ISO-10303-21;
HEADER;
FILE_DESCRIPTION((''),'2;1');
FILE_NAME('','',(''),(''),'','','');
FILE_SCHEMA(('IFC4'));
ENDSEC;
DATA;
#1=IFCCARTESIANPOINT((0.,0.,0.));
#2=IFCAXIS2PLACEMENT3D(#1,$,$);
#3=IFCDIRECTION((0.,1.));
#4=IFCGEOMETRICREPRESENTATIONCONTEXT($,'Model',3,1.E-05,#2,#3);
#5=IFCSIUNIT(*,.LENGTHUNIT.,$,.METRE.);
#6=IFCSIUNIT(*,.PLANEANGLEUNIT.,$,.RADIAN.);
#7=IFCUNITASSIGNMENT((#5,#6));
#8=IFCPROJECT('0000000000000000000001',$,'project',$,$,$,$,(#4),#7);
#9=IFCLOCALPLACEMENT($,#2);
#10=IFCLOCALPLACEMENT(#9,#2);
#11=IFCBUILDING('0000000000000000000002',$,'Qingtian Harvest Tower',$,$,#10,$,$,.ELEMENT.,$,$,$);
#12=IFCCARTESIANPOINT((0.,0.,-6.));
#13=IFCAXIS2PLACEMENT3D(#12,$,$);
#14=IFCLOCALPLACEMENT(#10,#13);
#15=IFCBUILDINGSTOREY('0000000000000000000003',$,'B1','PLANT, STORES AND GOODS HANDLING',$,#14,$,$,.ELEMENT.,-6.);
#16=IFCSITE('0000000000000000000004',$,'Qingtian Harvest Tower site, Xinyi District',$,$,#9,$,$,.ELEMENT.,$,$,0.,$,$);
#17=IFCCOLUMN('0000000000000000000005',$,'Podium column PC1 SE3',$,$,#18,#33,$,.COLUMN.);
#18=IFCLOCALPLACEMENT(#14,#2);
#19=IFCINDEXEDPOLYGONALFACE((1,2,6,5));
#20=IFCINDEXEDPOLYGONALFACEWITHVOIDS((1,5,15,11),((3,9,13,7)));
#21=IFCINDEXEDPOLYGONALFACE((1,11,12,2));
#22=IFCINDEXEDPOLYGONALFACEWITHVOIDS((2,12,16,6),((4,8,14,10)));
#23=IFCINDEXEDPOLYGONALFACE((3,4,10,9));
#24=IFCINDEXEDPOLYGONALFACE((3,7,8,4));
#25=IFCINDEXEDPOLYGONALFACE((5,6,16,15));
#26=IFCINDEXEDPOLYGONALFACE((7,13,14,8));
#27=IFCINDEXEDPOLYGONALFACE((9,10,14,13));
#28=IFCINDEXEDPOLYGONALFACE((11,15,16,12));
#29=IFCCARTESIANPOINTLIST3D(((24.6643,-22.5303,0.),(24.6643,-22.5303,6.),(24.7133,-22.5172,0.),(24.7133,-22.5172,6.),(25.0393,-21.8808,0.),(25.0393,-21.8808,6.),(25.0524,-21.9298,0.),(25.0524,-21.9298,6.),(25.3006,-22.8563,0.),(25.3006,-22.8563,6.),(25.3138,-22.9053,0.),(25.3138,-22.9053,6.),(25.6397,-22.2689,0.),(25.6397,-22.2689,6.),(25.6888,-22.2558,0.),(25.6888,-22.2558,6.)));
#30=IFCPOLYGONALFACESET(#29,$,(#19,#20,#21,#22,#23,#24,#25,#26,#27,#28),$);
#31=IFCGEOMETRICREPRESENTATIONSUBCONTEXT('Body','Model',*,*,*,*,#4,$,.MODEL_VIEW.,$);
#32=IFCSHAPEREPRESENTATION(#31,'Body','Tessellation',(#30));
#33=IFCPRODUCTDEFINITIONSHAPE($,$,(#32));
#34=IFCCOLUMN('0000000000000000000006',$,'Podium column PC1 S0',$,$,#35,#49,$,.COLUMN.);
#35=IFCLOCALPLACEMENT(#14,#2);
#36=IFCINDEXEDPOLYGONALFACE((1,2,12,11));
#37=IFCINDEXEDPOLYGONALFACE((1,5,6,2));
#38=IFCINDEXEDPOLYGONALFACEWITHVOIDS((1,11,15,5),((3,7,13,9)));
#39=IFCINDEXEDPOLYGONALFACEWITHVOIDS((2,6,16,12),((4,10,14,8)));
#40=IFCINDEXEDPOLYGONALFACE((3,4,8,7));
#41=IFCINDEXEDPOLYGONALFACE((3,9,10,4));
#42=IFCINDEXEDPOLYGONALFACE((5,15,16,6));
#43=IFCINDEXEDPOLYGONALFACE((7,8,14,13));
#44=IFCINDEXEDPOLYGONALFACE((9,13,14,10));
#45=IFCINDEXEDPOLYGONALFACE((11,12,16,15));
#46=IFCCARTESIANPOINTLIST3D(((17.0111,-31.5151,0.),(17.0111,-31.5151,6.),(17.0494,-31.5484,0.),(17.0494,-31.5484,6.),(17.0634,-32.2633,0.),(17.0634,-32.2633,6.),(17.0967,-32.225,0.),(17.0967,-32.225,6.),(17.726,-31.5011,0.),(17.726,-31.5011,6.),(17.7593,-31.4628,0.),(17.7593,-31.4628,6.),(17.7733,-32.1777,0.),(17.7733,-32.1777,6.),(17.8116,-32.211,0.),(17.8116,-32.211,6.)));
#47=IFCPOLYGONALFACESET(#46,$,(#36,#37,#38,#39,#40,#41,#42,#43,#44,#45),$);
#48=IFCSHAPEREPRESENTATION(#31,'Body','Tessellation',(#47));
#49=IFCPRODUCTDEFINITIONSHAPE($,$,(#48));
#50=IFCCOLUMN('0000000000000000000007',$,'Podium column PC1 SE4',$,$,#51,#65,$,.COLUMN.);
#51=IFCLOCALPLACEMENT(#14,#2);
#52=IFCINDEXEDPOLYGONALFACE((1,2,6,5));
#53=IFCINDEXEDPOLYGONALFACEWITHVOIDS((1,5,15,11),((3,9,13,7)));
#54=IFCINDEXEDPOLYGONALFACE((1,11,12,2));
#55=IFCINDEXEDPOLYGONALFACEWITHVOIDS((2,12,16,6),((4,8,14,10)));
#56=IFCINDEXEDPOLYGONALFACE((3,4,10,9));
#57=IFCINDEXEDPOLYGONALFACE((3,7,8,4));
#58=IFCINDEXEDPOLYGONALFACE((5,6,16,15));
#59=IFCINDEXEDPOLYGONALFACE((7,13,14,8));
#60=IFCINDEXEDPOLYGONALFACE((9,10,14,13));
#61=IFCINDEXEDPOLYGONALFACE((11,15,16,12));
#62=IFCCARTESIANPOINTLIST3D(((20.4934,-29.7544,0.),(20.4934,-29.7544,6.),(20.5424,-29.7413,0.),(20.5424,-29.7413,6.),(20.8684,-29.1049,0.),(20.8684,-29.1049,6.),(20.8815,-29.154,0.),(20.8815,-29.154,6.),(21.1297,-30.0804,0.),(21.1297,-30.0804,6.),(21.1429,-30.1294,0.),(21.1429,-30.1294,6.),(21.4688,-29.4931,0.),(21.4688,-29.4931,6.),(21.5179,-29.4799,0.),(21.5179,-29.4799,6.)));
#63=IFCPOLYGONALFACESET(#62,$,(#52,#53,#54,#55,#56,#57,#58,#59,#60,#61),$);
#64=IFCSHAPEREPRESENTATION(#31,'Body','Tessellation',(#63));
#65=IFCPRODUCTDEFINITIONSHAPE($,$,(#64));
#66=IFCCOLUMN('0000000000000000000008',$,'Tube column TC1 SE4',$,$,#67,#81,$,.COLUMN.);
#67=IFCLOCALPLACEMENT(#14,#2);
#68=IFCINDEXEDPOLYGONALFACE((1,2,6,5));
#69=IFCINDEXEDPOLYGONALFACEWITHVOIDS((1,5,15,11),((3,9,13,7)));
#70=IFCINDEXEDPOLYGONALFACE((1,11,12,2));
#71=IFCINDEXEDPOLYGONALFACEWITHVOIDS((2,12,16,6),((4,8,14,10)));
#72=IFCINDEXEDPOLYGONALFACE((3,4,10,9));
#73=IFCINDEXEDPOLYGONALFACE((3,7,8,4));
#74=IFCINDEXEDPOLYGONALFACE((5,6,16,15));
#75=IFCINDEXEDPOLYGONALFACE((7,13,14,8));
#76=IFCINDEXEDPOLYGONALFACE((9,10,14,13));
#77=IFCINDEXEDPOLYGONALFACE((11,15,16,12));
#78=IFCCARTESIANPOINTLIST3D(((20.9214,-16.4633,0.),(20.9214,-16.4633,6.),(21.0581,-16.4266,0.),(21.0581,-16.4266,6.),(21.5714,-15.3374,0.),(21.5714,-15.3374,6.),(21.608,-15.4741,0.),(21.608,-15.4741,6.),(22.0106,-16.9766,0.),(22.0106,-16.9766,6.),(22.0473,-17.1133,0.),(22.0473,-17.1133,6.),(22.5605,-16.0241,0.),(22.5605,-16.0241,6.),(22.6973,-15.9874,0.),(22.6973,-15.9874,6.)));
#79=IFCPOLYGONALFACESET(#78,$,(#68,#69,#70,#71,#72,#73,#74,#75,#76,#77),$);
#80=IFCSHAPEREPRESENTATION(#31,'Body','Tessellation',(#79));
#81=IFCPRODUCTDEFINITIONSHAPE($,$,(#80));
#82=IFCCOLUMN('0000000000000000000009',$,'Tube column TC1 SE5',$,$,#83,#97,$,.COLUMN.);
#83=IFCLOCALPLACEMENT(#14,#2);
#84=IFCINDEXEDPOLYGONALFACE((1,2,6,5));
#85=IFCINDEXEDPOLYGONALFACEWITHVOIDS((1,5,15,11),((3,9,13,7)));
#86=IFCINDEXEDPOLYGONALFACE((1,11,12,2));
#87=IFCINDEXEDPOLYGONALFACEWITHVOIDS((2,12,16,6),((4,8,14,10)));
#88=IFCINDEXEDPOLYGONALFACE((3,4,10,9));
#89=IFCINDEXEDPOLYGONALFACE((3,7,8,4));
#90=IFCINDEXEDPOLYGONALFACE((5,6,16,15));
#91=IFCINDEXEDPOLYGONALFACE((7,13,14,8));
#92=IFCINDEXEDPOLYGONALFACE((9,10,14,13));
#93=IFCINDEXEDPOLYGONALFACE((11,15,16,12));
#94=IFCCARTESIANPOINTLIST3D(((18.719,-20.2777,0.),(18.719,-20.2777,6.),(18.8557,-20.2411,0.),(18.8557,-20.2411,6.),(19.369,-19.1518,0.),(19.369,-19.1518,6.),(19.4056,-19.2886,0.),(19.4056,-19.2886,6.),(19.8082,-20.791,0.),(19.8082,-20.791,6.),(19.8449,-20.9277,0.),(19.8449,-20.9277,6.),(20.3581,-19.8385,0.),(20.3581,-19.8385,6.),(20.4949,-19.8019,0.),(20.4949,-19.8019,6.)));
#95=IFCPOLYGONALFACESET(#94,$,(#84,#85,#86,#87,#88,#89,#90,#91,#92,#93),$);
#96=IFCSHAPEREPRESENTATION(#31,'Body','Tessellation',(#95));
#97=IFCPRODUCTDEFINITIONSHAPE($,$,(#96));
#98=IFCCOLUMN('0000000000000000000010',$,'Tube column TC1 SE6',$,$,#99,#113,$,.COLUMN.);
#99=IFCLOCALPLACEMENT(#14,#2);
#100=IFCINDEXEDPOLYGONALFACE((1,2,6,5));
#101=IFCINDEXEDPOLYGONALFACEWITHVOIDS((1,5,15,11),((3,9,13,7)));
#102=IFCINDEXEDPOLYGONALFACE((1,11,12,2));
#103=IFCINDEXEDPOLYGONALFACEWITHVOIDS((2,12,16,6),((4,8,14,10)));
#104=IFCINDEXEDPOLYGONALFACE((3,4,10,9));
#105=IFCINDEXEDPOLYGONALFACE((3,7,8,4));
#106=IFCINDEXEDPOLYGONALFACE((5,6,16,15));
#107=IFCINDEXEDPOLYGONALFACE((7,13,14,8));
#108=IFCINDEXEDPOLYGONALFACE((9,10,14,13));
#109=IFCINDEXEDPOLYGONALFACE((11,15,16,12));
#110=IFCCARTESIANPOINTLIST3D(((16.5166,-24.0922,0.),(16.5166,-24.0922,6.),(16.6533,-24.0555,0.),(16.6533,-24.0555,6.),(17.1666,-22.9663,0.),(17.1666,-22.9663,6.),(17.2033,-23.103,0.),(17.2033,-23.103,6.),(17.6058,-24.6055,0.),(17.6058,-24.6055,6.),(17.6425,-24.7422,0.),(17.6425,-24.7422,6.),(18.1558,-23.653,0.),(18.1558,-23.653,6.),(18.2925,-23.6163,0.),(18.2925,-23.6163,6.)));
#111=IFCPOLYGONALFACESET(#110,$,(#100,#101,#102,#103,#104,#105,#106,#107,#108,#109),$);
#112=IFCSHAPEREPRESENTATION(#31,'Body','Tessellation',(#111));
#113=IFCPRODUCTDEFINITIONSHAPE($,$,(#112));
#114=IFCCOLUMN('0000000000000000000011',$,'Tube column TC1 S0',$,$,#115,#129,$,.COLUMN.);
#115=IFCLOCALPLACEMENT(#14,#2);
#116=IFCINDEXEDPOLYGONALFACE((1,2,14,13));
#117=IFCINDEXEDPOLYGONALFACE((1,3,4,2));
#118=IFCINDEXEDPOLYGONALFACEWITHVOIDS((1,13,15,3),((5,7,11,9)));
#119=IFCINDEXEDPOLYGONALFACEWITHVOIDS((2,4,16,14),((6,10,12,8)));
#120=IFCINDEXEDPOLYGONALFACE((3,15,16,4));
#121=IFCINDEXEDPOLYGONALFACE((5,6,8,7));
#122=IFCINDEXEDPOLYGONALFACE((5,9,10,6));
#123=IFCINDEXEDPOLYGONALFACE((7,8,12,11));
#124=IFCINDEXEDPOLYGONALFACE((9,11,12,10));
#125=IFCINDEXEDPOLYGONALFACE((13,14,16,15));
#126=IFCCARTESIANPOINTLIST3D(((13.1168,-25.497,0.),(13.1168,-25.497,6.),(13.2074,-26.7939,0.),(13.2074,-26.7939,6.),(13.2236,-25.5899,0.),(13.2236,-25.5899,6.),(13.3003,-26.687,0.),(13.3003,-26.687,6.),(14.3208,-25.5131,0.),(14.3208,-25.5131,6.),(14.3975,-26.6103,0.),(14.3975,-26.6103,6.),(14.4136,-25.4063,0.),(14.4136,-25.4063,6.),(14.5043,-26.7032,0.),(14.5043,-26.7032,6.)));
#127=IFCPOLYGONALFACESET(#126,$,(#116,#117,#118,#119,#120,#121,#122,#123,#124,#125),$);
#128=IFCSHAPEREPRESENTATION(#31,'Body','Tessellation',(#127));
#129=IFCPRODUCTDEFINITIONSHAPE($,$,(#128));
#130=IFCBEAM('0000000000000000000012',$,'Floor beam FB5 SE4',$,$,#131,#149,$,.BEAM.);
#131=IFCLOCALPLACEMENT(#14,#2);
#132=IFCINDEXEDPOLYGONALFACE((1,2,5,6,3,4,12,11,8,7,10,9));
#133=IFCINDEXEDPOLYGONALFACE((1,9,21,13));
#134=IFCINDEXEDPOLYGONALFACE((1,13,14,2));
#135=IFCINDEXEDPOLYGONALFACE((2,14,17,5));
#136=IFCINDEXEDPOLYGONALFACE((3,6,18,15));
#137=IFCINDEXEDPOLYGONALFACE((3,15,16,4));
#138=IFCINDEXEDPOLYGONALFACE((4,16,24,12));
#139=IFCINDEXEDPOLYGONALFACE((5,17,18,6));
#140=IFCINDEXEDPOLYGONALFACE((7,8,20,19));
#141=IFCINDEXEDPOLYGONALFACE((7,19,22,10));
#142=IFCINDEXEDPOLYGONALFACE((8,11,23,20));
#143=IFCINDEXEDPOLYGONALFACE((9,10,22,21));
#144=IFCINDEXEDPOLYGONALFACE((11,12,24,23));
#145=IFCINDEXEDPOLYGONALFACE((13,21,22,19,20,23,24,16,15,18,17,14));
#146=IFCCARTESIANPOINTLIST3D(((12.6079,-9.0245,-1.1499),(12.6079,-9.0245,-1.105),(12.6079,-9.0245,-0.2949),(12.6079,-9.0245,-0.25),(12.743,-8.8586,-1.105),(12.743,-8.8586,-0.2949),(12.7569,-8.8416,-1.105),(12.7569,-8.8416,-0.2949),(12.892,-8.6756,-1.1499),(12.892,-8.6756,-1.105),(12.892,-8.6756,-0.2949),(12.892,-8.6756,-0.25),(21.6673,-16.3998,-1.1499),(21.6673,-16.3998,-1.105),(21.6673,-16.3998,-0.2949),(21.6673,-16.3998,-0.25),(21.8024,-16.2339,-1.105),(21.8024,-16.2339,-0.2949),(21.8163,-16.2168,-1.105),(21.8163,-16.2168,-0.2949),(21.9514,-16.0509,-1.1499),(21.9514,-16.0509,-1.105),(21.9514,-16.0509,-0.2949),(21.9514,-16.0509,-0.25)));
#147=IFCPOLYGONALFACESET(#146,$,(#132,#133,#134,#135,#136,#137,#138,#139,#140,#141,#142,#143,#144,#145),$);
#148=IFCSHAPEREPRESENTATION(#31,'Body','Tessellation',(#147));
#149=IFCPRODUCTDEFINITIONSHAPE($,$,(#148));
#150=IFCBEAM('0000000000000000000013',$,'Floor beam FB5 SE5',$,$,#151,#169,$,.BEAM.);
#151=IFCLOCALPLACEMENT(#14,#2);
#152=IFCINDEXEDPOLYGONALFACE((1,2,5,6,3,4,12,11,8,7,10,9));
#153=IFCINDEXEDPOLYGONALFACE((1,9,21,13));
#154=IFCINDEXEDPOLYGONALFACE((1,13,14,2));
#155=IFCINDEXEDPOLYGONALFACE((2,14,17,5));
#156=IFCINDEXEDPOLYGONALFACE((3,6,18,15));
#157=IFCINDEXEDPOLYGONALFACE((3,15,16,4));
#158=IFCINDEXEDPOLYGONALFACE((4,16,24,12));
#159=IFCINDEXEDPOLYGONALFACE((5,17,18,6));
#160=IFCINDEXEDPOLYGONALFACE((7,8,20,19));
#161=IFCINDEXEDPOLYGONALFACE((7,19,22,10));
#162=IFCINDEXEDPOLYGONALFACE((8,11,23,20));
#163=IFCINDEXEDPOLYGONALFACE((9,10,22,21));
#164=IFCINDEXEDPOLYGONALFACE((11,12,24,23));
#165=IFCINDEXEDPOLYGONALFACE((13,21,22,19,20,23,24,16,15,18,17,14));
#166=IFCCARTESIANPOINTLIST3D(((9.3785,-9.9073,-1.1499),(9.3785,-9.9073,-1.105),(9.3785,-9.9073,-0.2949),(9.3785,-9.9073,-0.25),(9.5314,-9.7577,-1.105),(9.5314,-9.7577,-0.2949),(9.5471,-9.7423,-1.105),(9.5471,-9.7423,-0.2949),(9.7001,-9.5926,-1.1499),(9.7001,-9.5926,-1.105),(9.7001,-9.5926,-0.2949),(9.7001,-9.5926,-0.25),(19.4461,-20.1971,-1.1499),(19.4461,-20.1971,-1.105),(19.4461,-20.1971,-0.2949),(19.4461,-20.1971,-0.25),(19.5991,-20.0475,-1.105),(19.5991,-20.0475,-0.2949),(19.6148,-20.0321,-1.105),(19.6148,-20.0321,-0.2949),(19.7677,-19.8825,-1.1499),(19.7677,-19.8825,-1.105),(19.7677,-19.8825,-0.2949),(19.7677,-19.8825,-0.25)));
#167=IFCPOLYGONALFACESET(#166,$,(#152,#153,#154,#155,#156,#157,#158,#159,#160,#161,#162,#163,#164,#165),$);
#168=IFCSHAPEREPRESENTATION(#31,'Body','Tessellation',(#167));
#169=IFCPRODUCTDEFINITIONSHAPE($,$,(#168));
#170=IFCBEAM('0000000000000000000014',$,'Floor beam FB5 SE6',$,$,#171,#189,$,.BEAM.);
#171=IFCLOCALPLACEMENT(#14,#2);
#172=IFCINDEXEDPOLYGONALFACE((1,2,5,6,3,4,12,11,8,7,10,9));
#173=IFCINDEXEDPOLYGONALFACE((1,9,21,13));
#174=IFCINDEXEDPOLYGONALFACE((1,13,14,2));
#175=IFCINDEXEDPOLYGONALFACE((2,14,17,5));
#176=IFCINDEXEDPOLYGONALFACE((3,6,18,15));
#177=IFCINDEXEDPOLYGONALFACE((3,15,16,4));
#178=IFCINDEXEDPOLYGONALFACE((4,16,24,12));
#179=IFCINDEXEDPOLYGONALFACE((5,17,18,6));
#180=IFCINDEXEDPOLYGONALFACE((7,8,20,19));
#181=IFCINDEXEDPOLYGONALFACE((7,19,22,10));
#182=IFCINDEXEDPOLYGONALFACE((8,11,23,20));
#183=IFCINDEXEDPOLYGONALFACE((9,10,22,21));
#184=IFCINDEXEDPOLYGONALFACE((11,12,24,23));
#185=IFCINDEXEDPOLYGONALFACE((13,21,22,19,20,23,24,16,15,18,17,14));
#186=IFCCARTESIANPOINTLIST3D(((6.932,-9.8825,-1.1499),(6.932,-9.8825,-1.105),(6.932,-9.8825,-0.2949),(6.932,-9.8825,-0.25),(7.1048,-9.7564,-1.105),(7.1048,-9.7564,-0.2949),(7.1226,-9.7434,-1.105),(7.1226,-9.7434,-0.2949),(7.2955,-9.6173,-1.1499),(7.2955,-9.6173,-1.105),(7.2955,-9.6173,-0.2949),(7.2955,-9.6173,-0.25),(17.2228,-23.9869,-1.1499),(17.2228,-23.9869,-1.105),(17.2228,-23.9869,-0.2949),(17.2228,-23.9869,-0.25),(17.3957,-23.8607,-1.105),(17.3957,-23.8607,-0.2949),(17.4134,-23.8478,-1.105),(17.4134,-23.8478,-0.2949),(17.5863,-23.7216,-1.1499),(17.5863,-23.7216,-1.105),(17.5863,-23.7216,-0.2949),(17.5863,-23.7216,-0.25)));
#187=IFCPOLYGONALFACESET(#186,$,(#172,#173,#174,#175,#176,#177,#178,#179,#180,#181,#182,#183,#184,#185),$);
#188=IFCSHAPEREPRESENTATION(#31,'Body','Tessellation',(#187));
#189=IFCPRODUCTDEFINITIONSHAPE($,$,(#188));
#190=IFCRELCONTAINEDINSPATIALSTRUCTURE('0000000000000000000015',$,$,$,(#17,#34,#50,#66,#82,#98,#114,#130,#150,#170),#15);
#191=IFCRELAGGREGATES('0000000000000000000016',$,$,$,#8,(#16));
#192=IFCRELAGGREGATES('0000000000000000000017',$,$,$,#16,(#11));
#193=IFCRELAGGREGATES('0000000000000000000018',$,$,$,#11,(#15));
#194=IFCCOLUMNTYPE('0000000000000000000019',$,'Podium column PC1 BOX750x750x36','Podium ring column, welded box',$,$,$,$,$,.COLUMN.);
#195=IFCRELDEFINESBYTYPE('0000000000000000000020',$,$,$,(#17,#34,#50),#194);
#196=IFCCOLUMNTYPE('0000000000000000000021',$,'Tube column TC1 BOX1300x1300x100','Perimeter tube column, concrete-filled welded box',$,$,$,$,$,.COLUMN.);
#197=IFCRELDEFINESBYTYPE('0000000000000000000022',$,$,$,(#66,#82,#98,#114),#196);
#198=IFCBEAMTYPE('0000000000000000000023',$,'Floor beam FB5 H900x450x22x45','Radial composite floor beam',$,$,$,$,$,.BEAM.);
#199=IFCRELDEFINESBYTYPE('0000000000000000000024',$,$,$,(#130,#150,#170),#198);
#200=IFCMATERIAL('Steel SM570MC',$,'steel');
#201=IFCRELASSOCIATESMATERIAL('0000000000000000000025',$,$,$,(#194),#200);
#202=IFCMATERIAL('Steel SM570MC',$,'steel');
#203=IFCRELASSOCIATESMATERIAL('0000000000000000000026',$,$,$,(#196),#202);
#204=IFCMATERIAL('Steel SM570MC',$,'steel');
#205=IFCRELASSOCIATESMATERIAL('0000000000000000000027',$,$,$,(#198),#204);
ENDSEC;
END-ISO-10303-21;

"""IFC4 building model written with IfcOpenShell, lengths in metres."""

from ifc_helpers import new_model, si_unit, direction, frame, origin, origin_2d, place, context, subcontext, project, spatial, hollow_rectangle, i_section, extrude, material, material_profile, profile_set, type_object, element, save


model = new_model("IFC4")

# Units and contexts
model_context = context("Model", 3, precision=1e-05, world=origin(), true_north=direction((0.0, 1.0)))
body_context = subcontext(model_context, "Body", "Model", "MODEL_VIEW")
ifc_project = project(units=[si_unit("LENGTHUNIT", "METRE"), si_unit("PLANEANGLEUNIT", "RADIAN")], contexts=[model_context])

# Site, building, storey
site_placement = place(None, origin())
site = spatial("IfcSite", under=ifc_project, at=site_placement, Name="Qingtian Harvest Tower site, Xinyi District", CompositionType="ELEMENT", RefElevation=0.0)
building_placement = place(site_placement, origin())
building = spatial("IfcBuilding", under=site, at=building_placement, Name="Qingtian Harvest Tower", CompositionType="ELEMENT")
storey_placement = place(building_placement, frame((0.0, 0.0, -6.0)))
storey = spatial("IfcBuildingStorey", under=building, at=storey_placement, Name="B1", Description="PLANT, STORES AND GOODS HANDLING", CompositionType="ELEMENT", Elevation=-6.0)

# Columns
ifc_material_1 = material(Name="Steel SM570MC", Category="steel")
ifc_material_profile_1 = material_profile(ifc_material_1, hollow_rectangle(XDim=0.75, YDim=0.75, WallThickness=0.0359, at=origin_2d()), Name="BOX750x750x36")
ifc_profile_set_1 = profile_set([ifc_material_profile_1], Name="Steel SM570MC")
column_type_1 = type_object("IfcColumnType", Name="Podium column PC1 BOX750x750x36", Description="Podium ring column, welded box", PredefinedType="COLUMN", material=ifc_profile_set_1)
for number, where, z_axis, x_axis, name in (
    (1, (25.1765, -22.3931, 0.0), (0.0, 0.0, 1.0), (0.5, 0.866025, 0.0), "Podium column PC1 SE3"),
    (2, (17.4114, -31.863, 0.0), (0.0, 0.0, 1.0), (0.997564, 0.069756, 0.0), "Podium column PC1 S0"),
    (3, (21.0056, -29.6172, 0.0), (0.0, 0.0, 1.0), (0.5, 0.866025, 0.0), "Podium column PC1 SE4"),
):
    element("IfcColumn", number, at=place(storey_placement, frame(where, z_axis=z_axis, x_axis=x_axis)), inside=storey, type_object=column_type_1, Name=name, PredefinedType="COLUMN", context=body_context, shape_type="SweptSolid", body=[
        extrude(hollow_rectangle(XDim=0.75, YDim=0.75, WallThickness=0.0359, at=origin_2d()), origin(), (0.0, 0.0, 1.0), 6.0),
    ])
ifc_material_2 = material(Name="Steel SM570MC", Category="steel")
ifc_material_profile_2 = material_profile(ifc_material_2, hollow_rectangle(XDim=1.3, YDim=1.3, WallThickness=0.1001, at=origin_2d()), Name="BOX1300x1300x100")
ifc_profile_set_2 = profile_set([ifc_material_profile_2], Name="Steel SM570MC")
column_type_2 = type_object("IfcColumnType", Name="Tube column TC1 BOX1300x1300x100", Description="Perimeter tube column, concrete-filled welded box", PredefinedType="COLUMN", material=ifc_profile_set_2)
for number, where, z_axis, x_axis, name in (
    (4, (21.8093, -16.2253, 0.0), (0.0, 0.0, 1.0), (0.5, 0.866025, 0.0), "Tube column TC1 SE4"),
    (5, (19.6069, -20.0398, 0.0), (0.0, 0.0, 1.0), (0.5, 0.866025, 0.0), "Tube column TC1 SE5"),
    (6, (17.4045, -23.8542, 0.0), (0.0, 0.0, 1.0), (0.5, 0.866025, 0.0), "Tube column TC1 SE6"),
    (7, (13.8105, -26.1001, 0.0), (0.0, 0.0, 1.0), (0.997564, 0.069756, 0.0), "Tube column TC1 S0"),
):
    element("IfcColumn", number, at=place(storey_placement, frame(where, z_axis=z_axis, x_axis=x_axis)), inside=storey, type_object=column_type_2, Name=name, PredefinedType="COLUMN", context=body_context, shape_type="SweptSolid", body=[
        extrude(hollow_rectangle(XDim=1.3, YDim=1.3, WallThickness=0.1001, at=origin_2d()), origin(), (0.0, 0.0, 1.0), 6.0),
    ])

# Beams
ifc_material_3 = material(Name="Steel SM570MC", Category="steel")
ifc_material_profile_3 = material_profile(ifc_material_3, i_section(OverallWidth=0.45, OverallDepth=0.8999, WebThickness=0.022, FlangeThickness=0.0449, at=origin_2d()), Name="H900x450x22x45")
ifc_profile_set_3 = profile_set([ifc_material_profile_3], Name="Steel SM570MC")
beam_type_1 = type_object("IfcBeamType", Name="Floor beam FB5 H900x450x22x45", Description="Radial composite floor beam", PredefinedType="BEAM", material=ifc_profile_set_3)
beam_1_placement = place(storey_placement, frame((21.8093, -16.2253, -0.7), z_axis=(-0.775504, 0.631342, 0.0), x_axis=(-0.631342, -0.775504, 0.0)))
element("IfcBeam", 8, at=beam_1_placement, inside=storey, type_object=beam_type_1, Name="Floor beam FB5 SE4", PredefinedType="BEAM", context=body_context, shape_type="SweptSolid", body=[
    extrude(i_section(OverallWidth=0.45, OverallDepth=0.8999, WebThickness=0.022, FlangeThickness=0.0449, at=origin_2d()), origin(), (0.0, 0.0, 1.0), 11.6819),
])
beam_2_placement = place(storey_placement, frame((19.6069, -20.0398, -0.7), z_axis=(-0.699348, 0.714781, 0.0), x_axis=(-0.714781, -0.699348, 0.0)))
element("IfcBeam", 9, at=beam_2_placement, inside=storey, type_object=beam_type_1, Name="Floor beam FB5 SE5", PredefinedType="BEAM", context=body_context, shape_type="SweptSolid", body=[
    extrude(i_section(OverallWidth=0.45, OverallDepth=0.8999, WebThickness=0.022, FlangeThickness=0.0449, at=origin_2d()), origin(), (0.0, 0.0, 1.0), 14.3958),
])
beam_3_placement = place(storey_placement, frame((17.4045, -23.8542, -0.7), z_axis=(-0.589412, 0.807832, 0.0), x_axis=(-0.807832, -0.589412, 0.0)))
element("IfcBeam", 10, at=beam_3_placement, inside=storey, type_object=beam_type_1, Name="Floor beam FB5 SE6", PredefinedType="BEAM", context=body_context, shape_type="SweptSolid", body=[
    extrude(i_section(OverallWidth=0.45, OverallDepth=0.8999, WebThickness=0.022, FlangeThickness=0.0449, at=origin_2d()), origin(), (0.0, 0.0, 1.0), 17.4595),
])

save(model, "model.ifc")
